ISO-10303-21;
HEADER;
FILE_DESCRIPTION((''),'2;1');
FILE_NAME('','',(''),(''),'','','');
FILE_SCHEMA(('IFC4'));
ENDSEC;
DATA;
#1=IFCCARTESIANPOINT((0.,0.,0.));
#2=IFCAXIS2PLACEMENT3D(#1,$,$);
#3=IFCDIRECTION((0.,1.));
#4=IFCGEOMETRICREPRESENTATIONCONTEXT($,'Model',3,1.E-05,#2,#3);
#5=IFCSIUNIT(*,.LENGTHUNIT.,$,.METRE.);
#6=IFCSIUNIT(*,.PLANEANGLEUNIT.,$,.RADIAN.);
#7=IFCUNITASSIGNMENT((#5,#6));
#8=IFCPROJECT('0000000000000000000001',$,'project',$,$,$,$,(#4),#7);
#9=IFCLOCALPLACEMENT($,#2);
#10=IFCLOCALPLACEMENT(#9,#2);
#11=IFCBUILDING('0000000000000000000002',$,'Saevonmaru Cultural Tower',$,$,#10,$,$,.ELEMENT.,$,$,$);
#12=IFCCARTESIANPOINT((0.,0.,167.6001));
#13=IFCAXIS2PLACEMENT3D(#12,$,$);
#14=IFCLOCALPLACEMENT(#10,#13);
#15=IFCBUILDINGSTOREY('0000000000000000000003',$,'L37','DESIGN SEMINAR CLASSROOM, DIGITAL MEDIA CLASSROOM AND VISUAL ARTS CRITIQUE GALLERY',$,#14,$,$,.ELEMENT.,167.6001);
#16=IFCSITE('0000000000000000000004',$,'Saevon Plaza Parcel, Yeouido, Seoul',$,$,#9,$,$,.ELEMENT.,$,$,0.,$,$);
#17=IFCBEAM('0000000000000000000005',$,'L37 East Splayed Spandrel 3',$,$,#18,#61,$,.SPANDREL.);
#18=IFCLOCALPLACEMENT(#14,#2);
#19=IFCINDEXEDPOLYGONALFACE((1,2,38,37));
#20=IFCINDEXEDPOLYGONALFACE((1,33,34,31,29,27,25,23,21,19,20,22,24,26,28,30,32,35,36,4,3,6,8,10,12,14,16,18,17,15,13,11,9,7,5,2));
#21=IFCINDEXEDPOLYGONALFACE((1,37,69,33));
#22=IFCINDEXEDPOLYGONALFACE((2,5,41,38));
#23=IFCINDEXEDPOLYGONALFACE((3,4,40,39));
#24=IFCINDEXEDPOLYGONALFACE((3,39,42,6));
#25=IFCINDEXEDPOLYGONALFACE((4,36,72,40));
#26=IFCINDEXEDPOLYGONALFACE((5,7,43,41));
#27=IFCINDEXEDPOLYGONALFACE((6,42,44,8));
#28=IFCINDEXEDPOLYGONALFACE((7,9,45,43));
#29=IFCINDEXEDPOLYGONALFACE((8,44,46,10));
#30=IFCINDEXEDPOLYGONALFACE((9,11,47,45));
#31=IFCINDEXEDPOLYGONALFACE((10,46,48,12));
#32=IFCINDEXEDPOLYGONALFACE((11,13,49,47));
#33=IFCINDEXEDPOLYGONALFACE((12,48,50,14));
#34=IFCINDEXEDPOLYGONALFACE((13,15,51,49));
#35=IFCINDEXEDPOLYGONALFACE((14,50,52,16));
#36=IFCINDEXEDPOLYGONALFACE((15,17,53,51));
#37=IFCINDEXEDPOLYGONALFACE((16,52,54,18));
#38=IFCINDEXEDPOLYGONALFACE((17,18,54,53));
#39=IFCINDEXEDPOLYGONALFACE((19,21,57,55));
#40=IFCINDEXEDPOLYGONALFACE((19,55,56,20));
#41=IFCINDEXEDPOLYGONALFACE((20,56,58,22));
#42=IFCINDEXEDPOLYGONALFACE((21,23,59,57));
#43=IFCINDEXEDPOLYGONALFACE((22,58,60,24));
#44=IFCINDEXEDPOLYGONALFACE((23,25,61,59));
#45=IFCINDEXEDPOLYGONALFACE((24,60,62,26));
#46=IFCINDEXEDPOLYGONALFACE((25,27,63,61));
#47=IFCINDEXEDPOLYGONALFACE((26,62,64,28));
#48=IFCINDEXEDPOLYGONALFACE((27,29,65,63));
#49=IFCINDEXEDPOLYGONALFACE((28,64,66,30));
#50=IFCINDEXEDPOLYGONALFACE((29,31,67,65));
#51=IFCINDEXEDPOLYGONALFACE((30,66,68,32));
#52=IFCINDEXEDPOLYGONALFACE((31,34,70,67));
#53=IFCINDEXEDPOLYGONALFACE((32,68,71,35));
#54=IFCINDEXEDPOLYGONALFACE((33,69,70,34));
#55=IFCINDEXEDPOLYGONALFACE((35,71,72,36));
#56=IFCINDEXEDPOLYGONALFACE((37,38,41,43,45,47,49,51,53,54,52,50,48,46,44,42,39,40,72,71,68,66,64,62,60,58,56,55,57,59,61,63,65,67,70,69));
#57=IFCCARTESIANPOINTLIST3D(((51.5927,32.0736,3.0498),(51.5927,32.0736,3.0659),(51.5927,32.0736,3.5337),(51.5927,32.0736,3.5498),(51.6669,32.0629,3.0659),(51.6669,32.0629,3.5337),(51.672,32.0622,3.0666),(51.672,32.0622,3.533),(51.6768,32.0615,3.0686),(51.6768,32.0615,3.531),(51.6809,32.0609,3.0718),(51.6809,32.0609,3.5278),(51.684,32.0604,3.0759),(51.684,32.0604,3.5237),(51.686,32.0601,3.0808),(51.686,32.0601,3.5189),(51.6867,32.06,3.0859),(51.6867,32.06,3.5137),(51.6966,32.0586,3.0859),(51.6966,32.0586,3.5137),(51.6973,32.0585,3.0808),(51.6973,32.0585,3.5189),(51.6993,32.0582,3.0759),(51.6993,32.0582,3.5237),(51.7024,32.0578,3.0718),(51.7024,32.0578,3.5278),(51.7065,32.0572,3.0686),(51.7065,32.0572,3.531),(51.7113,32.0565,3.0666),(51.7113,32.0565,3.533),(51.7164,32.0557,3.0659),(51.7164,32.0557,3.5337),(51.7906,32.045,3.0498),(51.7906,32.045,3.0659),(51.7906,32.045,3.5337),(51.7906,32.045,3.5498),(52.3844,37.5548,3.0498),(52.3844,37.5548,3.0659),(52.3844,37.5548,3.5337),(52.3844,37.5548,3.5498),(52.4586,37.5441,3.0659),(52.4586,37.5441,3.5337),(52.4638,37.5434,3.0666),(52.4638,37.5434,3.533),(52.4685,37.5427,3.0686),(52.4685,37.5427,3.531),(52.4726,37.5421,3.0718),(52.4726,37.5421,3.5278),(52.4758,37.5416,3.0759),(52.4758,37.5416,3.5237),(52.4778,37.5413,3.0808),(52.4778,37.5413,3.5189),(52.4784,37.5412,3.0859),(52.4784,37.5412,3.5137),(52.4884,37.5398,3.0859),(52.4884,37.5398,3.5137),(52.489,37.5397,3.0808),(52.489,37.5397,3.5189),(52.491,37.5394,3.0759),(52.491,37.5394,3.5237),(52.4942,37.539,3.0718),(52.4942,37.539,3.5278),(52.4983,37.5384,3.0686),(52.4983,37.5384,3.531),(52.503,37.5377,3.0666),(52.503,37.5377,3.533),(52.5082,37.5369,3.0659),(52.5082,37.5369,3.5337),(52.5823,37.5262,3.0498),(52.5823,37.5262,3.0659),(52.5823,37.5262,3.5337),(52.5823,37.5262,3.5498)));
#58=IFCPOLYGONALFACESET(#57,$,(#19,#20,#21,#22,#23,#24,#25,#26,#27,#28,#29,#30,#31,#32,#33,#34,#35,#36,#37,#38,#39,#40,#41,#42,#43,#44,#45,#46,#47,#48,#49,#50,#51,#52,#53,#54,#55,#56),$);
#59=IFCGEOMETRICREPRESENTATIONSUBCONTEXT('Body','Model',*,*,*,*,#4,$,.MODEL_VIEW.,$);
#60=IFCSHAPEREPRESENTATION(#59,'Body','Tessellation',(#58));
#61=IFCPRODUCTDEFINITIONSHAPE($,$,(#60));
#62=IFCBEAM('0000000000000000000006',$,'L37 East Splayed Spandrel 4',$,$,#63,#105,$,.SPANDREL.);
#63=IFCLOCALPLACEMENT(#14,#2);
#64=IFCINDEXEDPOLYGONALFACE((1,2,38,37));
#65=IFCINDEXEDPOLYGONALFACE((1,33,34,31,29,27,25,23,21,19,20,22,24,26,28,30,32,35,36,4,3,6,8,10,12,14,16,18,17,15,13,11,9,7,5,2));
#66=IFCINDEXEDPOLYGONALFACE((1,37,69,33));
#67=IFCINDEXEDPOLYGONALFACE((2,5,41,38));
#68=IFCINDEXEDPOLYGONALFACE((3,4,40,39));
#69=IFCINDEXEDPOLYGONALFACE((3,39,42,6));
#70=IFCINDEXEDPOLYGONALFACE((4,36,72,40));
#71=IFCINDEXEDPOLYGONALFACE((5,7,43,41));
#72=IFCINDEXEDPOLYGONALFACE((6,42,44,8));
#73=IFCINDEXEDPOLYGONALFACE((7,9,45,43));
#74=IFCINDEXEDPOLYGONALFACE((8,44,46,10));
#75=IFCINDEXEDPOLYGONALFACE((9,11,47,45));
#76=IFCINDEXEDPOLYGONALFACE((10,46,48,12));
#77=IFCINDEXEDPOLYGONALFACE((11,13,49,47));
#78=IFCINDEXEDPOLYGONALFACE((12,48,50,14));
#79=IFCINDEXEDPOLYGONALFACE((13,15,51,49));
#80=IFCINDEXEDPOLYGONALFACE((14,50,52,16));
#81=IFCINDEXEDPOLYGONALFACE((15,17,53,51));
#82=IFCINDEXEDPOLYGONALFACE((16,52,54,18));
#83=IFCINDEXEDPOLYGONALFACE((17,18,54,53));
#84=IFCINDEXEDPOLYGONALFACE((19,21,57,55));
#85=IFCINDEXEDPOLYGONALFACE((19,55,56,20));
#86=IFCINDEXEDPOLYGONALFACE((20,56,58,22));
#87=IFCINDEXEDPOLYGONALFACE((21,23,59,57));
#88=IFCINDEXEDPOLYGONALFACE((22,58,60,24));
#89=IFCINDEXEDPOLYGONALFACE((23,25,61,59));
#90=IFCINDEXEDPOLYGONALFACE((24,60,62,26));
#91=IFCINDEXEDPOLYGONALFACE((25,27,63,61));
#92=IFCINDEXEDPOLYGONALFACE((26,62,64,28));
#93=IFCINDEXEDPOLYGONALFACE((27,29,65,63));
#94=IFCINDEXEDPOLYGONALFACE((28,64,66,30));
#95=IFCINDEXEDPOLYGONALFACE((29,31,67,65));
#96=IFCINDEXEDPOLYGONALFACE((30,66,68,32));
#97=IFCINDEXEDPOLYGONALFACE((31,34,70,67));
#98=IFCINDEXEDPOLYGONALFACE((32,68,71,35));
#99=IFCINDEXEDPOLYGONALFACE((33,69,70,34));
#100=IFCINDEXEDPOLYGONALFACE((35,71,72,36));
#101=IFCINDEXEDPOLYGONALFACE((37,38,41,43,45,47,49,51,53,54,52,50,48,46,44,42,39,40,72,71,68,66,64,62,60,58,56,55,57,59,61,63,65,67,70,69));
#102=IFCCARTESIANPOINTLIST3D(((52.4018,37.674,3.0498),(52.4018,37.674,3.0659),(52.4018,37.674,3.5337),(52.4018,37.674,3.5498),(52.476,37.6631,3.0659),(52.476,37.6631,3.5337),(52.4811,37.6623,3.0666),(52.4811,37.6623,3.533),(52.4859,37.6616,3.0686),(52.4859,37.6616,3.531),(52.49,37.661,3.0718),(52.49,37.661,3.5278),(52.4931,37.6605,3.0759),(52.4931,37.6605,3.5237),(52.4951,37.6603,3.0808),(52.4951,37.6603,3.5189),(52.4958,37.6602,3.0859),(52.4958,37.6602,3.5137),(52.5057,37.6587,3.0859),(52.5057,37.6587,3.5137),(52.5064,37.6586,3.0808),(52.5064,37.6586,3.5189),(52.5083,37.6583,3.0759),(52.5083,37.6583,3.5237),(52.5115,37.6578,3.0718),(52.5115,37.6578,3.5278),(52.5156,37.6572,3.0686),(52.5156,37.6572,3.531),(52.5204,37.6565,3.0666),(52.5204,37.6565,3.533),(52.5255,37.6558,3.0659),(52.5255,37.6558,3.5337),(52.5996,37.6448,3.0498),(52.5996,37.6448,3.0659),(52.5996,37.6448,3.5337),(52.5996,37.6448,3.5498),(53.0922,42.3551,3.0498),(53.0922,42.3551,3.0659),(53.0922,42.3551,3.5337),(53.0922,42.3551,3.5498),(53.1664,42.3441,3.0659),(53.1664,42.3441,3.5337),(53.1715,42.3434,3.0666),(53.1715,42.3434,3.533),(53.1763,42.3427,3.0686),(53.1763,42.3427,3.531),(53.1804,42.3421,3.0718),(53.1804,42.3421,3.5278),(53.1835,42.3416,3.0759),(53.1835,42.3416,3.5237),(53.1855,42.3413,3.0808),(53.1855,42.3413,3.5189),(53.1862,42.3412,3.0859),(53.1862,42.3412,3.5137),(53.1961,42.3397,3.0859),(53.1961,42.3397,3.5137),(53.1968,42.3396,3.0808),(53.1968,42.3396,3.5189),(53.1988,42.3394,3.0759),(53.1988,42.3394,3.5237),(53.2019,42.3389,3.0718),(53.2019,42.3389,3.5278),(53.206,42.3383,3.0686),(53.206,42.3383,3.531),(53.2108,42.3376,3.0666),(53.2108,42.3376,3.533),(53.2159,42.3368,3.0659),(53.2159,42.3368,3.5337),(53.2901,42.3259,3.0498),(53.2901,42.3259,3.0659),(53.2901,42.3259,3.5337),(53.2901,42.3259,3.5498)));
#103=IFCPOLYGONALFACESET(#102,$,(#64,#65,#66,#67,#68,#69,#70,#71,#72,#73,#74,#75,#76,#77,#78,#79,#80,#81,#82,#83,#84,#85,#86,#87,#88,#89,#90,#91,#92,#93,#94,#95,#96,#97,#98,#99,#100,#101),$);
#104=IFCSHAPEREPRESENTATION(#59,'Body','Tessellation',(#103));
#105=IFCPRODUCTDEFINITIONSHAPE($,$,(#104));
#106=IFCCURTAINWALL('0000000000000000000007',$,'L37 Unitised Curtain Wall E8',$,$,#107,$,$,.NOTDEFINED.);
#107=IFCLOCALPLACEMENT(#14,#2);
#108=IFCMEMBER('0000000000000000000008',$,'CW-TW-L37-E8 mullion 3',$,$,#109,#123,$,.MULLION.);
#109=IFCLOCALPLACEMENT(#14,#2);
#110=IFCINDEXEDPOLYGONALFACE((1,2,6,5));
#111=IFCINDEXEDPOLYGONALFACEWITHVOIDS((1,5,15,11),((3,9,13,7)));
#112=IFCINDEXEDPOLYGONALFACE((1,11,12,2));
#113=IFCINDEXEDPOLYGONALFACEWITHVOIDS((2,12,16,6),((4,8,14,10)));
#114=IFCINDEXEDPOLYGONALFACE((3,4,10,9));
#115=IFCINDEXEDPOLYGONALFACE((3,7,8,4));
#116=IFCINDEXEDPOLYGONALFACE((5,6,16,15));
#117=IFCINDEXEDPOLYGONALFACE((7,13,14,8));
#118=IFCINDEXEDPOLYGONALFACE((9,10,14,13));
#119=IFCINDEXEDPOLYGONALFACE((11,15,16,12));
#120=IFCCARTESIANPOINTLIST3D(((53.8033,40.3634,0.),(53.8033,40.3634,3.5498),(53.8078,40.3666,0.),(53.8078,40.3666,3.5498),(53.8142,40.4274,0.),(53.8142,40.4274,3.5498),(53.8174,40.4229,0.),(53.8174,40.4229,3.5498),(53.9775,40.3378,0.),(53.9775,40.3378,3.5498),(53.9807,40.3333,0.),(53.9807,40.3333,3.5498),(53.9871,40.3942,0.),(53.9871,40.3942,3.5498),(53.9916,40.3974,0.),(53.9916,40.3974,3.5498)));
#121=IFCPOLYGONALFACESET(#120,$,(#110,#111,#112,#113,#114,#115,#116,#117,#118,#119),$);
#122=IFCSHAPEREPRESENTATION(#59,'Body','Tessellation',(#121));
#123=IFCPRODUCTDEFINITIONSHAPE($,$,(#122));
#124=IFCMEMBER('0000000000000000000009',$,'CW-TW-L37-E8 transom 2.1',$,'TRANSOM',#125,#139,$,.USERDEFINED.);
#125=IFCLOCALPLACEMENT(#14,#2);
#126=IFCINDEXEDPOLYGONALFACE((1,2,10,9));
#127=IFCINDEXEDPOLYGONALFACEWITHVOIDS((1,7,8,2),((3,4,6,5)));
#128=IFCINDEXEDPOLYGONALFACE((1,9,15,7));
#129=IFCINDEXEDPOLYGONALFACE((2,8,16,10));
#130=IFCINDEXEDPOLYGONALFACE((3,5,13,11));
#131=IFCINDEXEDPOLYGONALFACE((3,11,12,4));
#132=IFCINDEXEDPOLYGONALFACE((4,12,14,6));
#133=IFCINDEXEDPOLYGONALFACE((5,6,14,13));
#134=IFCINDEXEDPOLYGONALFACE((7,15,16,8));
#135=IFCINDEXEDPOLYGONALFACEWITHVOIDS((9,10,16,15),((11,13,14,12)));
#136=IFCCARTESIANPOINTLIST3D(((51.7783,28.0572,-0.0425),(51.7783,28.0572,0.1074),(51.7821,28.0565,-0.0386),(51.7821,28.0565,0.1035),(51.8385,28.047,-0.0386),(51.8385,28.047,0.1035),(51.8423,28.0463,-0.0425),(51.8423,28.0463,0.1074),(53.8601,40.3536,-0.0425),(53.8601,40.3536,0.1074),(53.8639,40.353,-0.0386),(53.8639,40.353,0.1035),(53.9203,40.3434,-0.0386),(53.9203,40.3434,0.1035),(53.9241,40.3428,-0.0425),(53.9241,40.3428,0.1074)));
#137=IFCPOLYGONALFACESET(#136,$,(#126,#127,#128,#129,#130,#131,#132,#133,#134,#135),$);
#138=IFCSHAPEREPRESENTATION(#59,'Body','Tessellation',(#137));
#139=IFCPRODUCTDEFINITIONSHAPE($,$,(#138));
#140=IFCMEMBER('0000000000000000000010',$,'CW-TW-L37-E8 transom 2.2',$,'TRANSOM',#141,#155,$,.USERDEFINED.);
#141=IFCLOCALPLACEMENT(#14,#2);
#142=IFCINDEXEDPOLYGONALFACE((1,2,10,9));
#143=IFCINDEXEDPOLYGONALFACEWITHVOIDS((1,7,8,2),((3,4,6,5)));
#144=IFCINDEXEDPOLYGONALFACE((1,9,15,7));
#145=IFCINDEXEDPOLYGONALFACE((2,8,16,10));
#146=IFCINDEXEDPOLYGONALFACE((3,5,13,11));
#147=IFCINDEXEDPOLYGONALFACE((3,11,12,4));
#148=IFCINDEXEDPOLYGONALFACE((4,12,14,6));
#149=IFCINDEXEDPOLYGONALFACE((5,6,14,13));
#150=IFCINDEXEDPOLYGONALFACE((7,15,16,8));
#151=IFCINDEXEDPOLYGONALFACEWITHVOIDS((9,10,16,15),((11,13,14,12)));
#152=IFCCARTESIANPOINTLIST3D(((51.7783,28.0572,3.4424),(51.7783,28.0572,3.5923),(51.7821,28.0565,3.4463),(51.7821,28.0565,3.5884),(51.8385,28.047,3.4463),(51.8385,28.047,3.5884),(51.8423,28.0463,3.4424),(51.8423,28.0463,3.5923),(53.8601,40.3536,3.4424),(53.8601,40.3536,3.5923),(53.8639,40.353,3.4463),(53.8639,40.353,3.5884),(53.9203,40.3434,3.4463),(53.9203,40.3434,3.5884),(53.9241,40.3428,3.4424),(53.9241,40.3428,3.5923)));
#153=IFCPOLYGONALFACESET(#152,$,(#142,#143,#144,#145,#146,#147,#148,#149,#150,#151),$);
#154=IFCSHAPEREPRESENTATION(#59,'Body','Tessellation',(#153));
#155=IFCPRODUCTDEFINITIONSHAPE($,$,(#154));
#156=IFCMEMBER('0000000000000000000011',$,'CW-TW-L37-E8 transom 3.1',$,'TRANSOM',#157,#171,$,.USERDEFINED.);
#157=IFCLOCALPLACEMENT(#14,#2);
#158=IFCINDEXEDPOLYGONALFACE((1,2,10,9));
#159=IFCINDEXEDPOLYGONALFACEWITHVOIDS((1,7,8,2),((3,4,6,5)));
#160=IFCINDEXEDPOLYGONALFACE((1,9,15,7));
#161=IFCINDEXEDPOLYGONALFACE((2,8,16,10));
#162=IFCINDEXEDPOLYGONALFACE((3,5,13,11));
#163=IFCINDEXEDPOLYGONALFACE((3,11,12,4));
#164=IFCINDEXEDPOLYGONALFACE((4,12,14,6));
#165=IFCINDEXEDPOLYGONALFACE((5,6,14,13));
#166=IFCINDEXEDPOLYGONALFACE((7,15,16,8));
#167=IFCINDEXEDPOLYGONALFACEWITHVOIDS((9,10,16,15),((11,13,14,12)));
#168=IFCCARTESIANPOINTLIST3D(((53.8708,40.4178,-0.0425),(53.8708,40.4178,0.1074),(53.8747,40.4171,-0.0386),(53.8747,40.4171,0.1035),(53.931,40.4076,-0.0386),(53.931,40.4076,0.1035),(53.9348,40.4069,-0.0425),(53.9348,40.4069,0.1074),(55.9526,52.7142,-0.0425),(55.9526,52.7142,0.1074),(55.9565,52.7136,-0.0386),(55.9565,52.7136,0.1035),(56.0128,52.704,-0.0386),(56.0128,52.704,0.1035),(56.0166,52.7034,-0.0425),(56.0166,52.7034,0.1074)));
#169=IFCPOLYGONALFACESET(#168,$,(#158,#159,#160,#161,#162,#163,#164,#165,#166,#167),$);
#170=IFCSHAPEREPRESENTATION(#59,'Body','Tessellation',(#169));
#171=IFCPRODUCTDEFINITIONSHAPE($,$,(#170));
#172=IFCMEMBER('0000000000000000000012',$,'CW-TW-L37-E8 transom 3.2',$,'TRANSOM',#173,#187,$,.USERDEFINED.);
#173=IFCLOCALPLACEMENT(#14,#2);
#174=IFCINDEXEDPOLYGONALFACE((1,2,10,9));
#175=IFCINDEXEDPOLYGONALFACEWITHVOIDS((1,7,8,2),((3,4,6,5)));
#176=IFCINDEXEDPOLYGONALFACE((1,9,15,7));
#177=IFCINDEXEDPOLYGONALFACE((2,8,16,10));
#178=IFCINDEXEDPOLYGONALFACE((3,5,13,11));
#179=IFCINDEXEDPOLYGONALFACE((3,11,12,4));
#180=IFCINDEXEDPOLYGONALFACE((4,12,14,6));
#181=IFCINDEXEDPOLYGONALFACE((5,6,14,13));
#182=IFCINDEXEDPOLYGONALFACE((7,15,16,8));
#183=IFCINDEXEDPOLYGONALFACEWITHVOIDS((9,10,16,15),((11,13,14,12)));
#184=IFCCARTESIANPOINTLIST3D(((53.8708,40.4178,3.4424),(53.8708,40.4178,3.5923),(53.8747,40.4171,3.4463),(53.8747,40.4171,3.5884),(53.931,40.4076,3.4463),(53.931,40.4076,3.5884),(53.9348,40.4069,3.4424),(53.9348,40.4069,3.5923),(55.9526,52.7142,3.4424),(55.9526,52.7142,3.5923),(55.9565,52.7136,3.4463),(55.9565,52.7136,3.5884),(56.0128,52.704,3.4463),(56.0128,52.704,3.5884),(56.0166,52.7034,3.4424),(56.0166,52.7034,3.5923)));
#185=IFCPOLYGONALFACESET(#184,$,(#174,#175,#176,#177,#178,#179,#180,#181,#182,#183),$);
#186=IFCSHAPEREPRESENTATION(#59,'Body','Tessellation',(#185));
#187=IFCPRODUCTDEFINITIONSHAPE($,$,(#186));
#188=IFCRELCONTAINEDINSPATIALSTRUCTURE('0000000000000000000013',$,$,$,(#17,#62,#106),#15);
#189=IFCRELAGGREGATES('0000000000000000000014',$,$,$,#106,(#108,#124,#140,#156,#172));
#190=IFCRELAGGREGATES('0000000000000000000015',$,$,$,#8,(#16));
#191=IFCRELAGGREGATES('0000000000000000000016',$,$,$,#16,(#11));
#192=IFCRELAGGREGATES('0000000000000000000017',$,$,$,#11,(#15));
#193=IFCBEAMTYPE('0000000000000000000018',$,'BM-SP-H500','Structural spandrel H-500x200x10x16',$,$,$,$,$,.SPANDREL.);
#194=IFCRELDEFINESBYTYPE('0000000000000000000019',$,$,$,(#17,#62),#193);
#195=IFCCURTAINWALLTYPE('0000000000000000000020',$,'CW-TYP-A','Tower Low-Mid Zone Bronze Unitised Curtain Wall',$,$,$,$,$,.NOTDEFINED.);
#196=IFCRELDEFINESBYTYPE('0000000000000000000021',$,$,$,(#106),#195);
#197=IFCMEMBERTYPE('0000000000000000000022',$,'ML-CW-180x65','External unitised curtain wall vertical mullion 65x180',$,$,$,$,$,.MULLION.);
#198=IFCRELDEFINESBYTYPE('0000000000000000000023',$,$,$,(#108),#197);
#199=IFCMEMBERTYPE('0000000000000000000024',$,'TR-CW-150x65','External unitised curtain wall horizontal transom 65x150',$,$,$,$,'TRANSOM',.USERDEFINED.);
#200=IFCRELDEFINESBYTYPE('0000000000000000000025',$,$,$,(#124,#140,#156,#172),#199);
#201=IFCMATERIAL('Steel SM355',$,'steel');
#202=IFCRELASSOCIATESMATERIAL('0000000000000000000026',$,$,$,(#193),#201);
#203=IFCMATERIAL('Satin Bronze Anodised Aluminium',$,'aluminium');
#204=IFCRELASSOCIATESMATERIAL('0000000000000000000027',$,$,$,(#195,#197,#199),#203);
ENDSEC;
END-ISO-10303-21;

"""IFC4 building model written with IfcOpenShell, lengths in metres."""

from ifc_helpers import new_model, si_unit, direction, frame, origin, origin_2d, place, context, subcontext, project, spatial, hollow_rectangle, i_section, extrude, material, material_profile, profile_set, type_object, element, aggregate, save


model = new_model("IFC4")

# Units and contexts
model_context = context("Model", 3, precision=1e-05, world=origin(), true_north=direction((0.0, 1.0)))
body_context = subcontext(model_context, "Body", "Model", "MODEL_VIEW")
ifc_project = project(units=[si_unit("LENGTHUNIT", "METRE"), si_unit("PLANEANGLEUNIT", "RADIAN")], contexts=[model_context])

# Site, building, storey
site_placement = place(None, origin())
site = spatial("IfcSite", under=ifc_project, at=site_placement, Name="Saevon Plaza Parcel, Yeouido, Seoul", CompositionType="ELEMENT", RefElevation=0.0)
building_placement = place(site_placement, origin())
building = spatial("IfcBuilding", under=site, at=building_placement, Name="Saevonmaru Cultural Tower", CompositionType="ELEMENT")
storey_placement = place(building_placement, frame((0.0, 0.0, 167.6001)))
storey = spatial("IfcBuildingStorey", under=building, at=storey_placement, Name="L37", Description="DESIGN SEMINAR CLASSROOM, DIGITAL MEDIA CLASSROOM AND VISUAL ARTS CRITIQUE GALLERY", CompositionType="ELEMENT", Elevation=167.6001)

# Shared definitions
ifc_material_1 = material(Name="Steel SM355", Category="steel")

# Beams
ifc_material_profile_1 = material_profile(ifc_material_1, i_section(OverallWidth=0.2, OverallDepth=0.5, WebThickness=0.01, FlangeThickness=0.0161, FilletRadius=0.02, at=origin_2d()), Name="H-500x200x10x16")
ifc_profile_set_1 = profile_set([ifc_material_profile_1], Name="Steel SM355")
beam_type_1 = type_object("IfcBeamType", Name="BM-SP-H500", Description="Structural spandrel H-500x200x10x16", PredefinedType="SPANDREL", material=ifc_profile_set_1)
beam_1_placement = place(storey_placement, frame((51.6917, 32.0593, 3.2998), z_axis=(0.142964, 0.989728, 0.0), x_axis=(-0.989728, 0.142964, 0.0)))
element("IfcBeam", 1, at=beam_1_placement, inside=storey, type_object=beam_type_1, Name="L37 East Splayed Spandrel 3", PredefinedType="SPANDREL", context=body_context, shape_type="SweptSolid", body=[
    extrude(i_section(OverallWidth=0.2, OverallDepth=0.5, WebThickness=0.01, FlangeThickness=0.0161, FilletRadius=0.02, at=origin_2d()), origin(), (0.0, 0.0, 1.0), 5.5381),
])
beam_2_placement = place(storey_placement, frame((52.5007, 37.6594, 3.2998), z_axis=(0.145913, 0.989297, 0.0), x_axis=(-0.989297, 0.145913, 0.0)))
element("IfcBeam", 2, at=beam_2_placement, inside=storey, type_object=beam_type_1, Name="L37 East Splayed Spandrel 4", PredefinedType="SPANDREL", context=body_context, shape_type="SweptSolid", body=[
    extrude(i_section(OverallWidth=0.2, OverallDepth=0.5, WebThickness=0.01, FlangeThickness=0.0161, FilletRadius=0.02, at=origin_2d()), origin(), (0.0, 0.0, 1.0), 4.7317),
])

# Curtain wall, members
ifc_material_2 = material(Name="Satin Bronze Anodised Aluminium", Category="aluminium")
curtain_wall_type = type_object("IfcCurtainWallType", Name="CW-TYP-A", Description="Tower Low-Mid Zone Bronze Unitised Curtain Wall", PredefinedType="NOTDEFINED", material=ifc_material_2)
curtain_wall_placement = place(storey_placement, origin())
curtain_wall = element("IfcCurtainWall", 3, at=curtain_wall_placement, inside=storey, type_object=curtain_wall_type, Name="L37 Unitised Curtain Wall E8", PredefinedType="NOTDEFINED")
ifc_material_profile_2 = material_profile(ifc_material_2, hollow_rectangle(XDim=0.0649, YDim=0.1799, WallThickness=0.0039, at=origin_2d()), Name="ALU-MULL-180x65x4")
ifc_profile_set_2 = profile_set([ifc_material_profile_2], Name="Satin Bronze Anodised Aluminium")
member_type_1 = type_object("IfcMemberType", Name="ML-CW-180x65", Description="External unitised curtain wall vertical mullion 65x180", PredefinedType="MULLION", material=ifc_profile_set_2)
member_1_placement = place(storey_placement, frame((53.8975, 40.3804, 0.0), z_axis=(0.0, 0.0, 1.0), x_axis=(0.166922, 0.98597, 0.0)))
member_1 = element("IfcMember", 4, at=member_1_placement, type_object=member_type_1, Name="CW-TW-L37-E8 mullion 3", PredefinedType="MULLION", context=body_context, shape_type="SweptSolid", body=[
    extrude(hollow_rectangle(XDim=0.0649, YDim=0.1799, WallThickness=0.0039, at=origin_2d()), origin(), (0.0, 0.0, 1.0), 3.5498),
])
ifc_material_profile_3 = material_profile(ifc_material_2, hollow_rectangle(XDim=0.0649, YDim=0.1499, WallThickness=0.0039, at=origin_2d()), Name="ALU-TRAN-150x65x4")
ifc_profile_set_3 = profile_set([ifc_material_profile_3], Name="Satin Bronze Anodised Aluminium")
member_type_2 = type_object("IfcMemberType", Name="TR-CW-150x65", Description="External unitised curtain wall horizontal transom 65x150", ElementType="TRANSOM", PredefinedType="USERDEFINED", material=ifc_profile_set_3)
member_2_placement = place(storey_placement, frame((51.8103, 28.0518, 0.0325), z_axis=(0.166925, 0.98597, 0.0), x_axis=(-0.98597, 0.166925, 0.0)))
member_2 = element("IfcMember", 5, at=member_2_placement, type_object=member_type_2, Name="CW-TW-L37-E8 transom 2.1", ObjectType="TRANSOM", PredefinedType="USERDEFINED", context=body_context, shape_type="SweptSolid", body=[
    extrude(hollow_rectangle(XDim=0.0649, YDim=0.1499, WallThickness=0.0039, at=origin_2d()), origin(), (0.0, 0.0, 1.0), 12.4714),
])
member_3_placement = place(storey_placement, frame((51.8103, 28.0518, 3.5173), z_axis=(0.166925, 0.98597, 0.0), x_axis=(-0.98597, 0.166925, 0.0)))
member_3 = element("IfcMember", 6, at=member_3_placement, type_object=member_type_2, Name="CW-TW-L37-E8 transom 2.2", ObjectType="TRANSOM", PredefinedType="USERDEFINED", context=body_context, shape_type="SweptSolid", body=[
    extrude(hollow_rectangle(XDim=0.0649, YDim=0.1499, WallThickness=0.0039, at=origin_2d()), origin(), (0.0, 0.0, 1.0), 12.4714),
])
member_4_placement = place(storey_placement, frame((53.9028, 40.4124, 0.0325), z_axis=(0.166925, 0.98597, 0.0), x_axis=(-0.98597, 0.166925, 0.0)))
member_4 = element("IfcMember", 7, at=member_4_placement, type_object=member_type_2, Name="CW-TW-L37-E8 transom 3.1", ObjectType="TRANSOM", PredefinedType="USERDEFINED", context=body_context, shape_type="SweptSolid", body=[
    extrude(hollow_rectangle(XDim=0.0649, YDim=0.1499, WallThickness=0.0039, at=origin_2d()), origin(), (0.0, 0.0, 1.0), 12.4714),
])
member_5_placement = place(storey_placement, frame((53.9028, 40.4124, 3.5173), z_axis=(0.166925, 0.98597, 0.0), x_axis=(-0.98597, 0.166925, 0.0)))
member_5 = element("IfcMember", 8, at=member_5_placement, type_object=member_type_2, Name="CW-TW-L37-E8 transom 3.2", ObjectType="TRANSOM", PredefinedType="USERDEFINED", context=body_context, shape_type="SweptSolid", body=[
    extrude(hollow_rectangle(XDim=0.0649, YDim=0.1499, WallThickness=0.0039, at=origin_2d()), origin(), (0.0, 0.0, 1.0), 12.4714),
])
aggregate(curtain_wall, [member_1, member_2, member_3, member_4, member_5])

save(model, "model.ifc")
